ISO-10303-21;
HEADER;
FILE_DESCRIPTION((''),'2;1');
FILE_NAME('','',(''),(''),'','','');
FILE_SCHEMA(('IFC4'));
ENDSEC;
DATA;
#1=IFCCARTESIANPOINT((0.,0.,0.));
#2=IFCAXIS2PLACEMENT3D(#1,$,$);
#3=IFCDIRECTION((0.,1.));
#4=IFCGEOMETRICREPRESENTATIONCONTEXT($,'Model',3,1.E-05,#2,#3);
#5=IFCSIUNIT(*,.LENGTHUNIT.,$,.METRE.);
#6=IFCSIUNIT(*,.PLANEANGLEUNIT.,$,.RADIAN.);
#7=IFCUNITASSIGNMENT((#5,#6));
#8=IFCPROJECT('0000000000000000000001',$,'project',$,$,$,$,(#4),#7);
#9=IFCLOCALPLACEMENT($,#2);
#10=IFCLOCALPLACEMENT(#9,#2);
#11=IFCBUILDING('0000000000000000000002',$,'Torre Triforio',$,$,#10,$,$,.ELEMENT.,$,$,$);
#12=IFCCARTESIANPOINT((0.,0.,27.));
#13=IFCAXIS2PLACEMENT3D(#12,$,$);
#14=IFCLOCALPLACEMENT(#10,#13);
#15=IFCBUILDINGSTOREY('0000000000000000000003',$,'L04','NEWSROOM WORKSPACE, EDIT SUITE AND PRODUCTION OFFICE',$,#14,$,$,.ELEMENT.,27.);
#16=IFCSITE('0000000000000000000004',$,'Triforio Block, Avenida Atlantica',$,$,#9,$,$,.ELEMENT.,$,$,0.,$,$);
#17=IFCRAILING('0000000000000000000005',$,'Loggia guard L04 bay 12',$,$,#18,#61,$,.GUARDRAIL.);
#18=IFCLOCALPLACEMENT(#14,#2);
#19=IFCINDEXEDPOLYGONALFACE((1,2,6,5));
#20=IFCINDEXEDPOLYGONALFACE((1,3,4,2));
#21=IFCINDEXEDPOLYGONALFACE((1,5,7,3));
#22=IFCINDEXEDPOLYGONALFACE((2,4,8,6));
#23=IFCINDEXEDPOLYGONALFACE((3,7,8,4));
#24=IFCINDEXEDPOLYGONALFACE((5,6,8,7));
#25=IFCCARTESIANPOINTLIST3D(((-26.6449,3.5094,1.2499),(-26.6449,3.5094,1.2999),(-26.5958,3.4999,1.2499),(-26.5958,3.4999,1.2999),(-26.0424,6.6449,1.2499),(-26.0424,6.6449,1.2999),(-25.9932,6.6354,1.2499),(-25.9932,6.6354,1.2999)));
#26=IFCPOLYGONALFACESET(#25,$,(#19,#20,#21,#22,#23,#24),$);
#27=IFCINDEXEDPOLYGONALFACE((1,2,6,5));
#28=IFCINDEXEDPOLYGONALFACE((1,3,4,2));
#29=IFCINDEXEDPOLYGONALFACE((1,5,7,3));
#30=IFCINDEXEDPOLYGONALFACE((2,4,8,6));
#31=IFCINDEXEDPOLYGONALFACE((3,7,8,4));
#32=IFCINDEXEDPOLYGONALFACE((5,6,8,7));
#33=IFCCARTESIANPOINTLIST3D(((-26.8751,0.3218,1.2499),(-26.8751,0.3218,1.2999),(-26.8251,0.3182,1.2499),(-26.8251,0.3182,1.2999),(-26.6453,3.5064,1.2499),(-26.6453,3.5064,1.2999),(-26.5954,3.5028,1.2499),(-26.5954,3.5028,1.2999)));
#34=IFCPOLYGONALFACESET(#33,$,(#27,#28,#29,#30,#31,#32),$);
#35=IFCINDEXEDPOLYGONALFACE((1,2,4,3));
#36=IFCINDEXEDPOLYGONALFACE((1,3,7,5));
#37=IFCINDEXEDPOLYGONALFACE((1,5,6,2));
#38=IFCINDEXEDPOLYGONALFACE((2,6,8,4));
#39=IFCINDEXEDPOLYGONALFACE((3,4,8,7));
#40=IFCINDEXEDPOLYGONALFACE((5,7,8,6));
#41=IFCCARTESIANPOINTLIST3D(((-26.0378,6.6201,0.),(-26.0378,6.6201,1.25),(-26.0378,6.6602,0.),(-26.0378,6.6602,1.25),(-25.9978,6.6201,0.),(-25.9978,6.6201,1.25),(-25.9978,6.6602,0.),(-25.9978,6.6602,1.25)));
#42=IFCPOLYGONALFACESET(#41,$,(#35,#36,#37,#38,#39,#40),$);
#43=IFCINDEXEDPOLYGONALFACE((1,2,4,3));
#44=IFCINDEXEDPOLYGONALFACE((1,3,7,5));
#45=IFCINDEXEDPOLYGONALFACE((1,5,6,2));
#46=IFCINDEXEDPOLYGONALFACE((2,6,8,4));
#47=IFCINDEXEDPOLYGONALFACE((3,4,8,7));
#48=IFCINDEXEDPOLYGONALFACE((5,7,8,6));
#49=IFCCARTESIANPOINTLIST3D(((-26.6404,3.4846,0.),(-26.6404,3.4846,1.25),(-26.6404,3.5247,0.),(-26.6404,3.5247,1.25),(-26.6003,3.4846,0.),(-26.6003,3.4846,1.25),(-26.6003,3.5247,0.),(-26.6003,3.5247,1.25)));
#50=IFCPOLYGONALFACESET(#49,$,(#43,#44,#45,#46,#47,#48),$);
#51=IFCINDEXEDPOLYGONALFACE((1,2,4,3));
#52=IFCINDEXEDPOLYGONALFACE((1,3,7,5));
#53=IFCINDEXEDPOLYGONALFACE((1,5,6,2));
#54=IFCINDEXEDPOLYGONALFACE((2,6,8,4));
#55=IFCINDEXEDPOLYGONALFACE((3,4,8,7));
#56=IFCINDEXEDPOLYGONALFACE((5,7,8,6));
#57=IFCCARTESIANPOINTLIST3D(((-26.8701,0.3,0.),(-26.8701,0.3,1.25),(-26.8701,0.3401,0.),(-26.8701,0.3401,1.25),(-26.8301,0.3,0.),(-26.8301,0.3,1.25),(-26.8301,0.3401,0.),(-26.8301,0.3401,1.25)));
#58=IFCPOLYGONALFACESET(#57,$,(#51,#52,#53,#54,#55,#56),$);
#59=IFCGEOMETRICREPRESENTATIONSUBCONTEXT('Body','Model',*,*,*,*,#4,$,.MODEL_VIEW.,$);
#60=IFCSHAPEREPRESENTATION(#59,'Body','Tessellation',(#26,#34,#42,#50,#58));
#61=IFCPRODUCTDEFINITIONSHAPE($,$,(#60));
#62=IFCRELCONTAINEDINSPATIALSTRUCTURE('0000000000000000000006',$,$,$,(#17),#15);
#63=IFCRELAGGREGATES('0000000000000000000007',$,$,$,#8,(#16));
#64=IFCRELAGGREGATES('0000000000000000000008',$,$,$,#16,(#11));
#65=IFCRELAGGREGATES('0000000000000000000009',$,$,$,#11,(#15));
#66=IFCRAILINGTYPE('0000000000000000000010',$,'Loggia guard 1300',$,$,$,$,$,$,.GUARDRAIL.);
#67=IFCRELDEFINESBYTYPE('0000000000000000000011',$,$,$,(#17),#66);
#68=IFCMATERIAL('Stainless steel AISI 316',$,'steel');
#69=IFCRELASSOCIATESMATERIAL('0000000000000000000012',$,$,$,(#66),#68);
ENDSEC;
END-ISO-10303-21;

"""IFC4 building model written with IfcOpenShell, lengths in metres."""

from ifc_helpers import new_model, si_unit, direction, frame, origin, origin_2d, place, context, subcontext, project, spatial, rectangle, extrude, material, type_object, element, save


model = new_model("IFC4")

# Units and contexts
model_context = context("Model", 3, precision=1e-05, world=origin(), true_north=direction((0.0, 1.0)))
body_context = subcontext(model_context, "Body", "Model", "MODEL_VIEW")
ifc_project = project(units=[si_unit("LENGTHUNIT", "METRE"), si_unit("PLANEANGLEUNIT", "RADIAN")], contexts=[model_context])

# Site, building, storey
site_placement = place(None, origin())
site = spatial("IfcSite", under=ifc_project, at=site_placement, Name="Triforio Block, Avenida Atlantica", CompositionType="ELEMENT", RefElevation=0.0)
building_placement = place(site_placement, origin())
building = spatial("IfcBuilding", under=site, at=building_placement, Name="Torre Triforio", CompositionType="ELEMENT")
storey_placement = place(building_placement, frame((0.0, 0.0, 27.0)))
storey = spatial("IfcBuildingStorey", under=building, at=storey_placement, Name="L04", Description="NEWSROOM WORKSPACE, EDIT SUITE AND PRODUCTION OFFICE", CompositionType="ELEMENT", Elevation=27.0)

# Railing
ifc_material_1 = material(Name="Stainless steel AISI 316", Category="steel")
railing_type = type_object("IfcRailingType", Name="Loggia guard 1300", PredefinedType="GUARDRAIL", material=ifc_material_1)
railing_placement = place(storey_placement, frame((-26.0178, 6.6401, 0.0)))
element("IfcRailing", 1, at=railing_placement, inside=storey, type_object=railing_type, Name="Loggia guard L04 bay 12", PredefinedType="GUARDRAIL", context=body_context, shape_type="SweptSolid", body=[
    extrude(rectangle(XDim=0.05, YDim=0.05, at=origin_2d()), frame((0.0, 0.0, 1.2749), z_axis=(-0.188714, -0.982032, 0.0), x_axis=(0.982032, -0.188714, 0.0)), (0.0, 0.0, 1.0), 3.1929),
    extrude(rectangle(XDim=0.05, YDim=0.05, at=origin_2d()), frame((-0.6025, -3.1355, 1.2749), z_axis=(-0.071953, -0.997408, 0.0), x_axis=(0.997408, -0.071953, 0.0)), (0.0, 0.0, 1.0), 3.1929),
    extrude(rectangle(XDim=0.04, YDim=0.04, at=origin_2d()), origin(), (0.0, 0.0, 1.0), 1.25),
    extrude(rectangle(XDim=0.04, YDim=0.04, at=origin_2d()), frame((-0.6025, -3.1355, 0.0)), (0.0, 0.0, 1.0), 1.25),
    extrude(rectangle(XDim=0.04, YDim=0.04, at=origin_2d()), frame((-0.8323, -6.3201, 0.0)), (0.0, 0.0, 1.0), 1.25),
])

save(model, "model.ifc")
